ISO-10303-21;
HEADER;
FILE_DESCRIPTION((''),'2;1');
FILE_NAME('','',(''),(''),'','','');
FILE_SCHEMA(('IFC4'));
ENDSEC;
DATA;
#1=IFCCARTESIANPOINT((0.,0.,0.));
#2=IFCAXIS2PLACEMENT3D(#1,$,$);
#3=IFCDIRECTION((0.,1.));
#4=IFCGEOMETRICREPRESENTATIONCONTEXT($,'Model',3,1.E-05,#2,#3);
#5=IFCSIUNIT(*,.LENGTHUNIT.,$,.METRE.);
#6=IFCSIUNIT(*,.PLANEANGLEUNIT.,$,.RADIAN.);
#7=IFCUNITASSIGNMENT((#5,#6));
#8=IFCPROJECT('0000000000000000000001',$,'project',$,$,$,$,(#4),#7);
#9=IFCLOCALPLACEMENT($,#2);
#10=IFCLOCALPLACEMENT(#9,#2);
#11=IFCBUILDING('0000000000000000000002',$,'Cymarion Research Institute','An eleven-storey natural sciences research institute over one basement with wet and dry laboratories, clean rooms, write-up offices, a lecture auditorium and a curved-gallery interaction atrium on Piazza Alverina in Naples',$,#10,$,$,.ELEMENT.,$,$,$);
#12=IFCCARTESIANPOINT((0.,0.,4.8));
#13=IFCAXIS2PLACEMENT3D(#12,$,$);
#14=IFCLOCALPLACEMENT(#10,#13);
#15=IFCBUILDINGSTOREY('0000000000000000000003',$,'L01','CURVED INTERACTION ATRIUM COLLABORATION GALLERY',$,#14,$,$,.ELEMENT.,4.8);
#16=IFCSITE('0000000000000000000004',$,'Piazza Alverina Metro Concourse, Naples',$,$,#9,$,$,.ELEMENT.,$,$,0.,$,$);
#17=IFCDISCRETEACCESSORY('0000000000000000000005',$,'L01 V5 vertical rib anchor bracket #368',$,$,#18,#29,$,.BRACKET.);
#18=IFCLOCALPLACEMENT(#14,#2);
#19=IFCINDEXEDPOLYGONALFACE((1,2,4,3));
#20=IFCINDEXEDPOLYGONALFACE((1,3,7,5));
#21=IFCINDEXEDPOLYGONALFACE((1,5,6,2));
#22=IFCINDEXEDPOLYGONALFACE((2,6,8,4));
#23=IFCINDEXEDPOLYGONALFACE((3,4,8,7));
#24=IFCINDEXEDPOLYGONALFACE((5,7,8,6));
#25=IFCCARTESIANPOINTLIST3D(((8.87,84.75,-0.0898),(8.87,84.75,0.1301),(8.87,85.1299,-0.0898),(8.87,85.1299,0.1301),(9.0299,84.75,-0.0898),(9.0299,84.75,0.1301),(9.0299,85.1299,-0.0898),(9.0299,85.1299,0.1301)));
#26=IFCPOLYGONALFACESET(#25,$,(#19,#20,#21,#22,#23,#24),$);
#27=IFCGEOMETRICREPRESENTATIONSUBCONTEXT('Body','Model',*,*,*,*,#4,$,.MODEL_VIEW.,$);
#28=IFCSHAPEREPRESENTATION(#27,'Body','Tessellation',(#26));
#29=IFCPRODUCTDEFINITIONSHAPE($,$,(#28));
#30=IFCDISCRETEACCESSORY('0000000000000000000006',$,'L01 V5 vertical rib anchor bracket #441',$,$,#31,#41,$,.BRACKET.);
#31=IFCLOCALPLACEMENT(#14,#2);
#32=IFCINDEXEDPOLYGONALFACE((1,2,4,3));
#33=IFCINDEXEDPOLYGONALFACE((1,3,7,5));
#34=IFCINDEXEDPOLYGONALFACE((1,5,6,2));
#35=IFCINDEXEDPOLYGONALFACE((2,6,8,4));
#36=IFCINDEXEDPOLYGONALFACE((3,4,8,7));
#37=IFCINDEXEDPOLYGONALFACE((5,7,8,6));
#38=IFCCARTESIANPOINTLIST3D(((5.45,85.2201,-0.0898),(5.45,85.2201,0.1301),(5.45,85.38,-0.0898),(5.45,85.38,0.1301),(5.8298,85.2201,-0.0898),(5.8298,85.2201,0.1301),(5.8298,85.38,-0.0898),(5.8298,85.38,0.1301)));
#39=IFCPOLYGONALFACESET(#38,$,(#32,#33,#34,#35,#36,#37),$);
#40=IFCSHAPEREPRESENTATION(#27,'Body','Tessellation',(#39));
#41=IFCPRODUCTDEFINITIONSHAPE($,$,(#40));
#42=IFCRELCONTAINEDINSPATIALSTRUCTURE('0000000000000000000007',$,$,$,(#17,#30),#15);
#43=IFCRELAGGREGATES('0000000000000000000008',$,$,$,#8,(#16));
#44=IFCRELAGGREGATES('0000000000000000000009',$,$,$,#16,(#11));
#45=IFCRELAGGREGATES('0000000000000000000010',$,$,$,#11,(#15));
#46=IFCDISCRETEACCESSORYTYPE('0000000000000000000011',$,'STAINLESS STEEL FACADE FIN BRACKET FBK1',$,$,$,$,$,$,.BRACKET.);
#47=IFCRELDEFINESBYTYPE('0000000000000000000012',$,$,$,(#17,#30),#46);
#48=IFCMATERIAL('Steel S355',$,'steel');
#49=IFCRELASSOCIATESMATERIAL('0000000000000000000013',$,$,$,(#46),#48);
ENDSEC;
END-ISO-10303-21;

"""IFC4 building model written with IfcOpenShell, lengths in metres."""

from ifc_helpers import new_model, si_unit, direction, frame, origin, origin_2d, place, context, subcontext, project, spatial, rectangle, extrude, material, type_object, element, save


model = new_model("IFC4")

# Units and contexts
model_context = context("Model", 3, precision=1e-05, world=origin(), true_north=direction((0.0, 1.0)))
body_context = subcontext(model_context, "Body", "Model", "MODEL_VIEW")
ifc_project = project(units=[si_unit("LENGTHUNIT", "METRE"), si_unit("PLANEANGLEUNIT", "RADIAN")], contexts=[model_context])

# Site, building, storey
site_placement = place(None, origin())
site = spatial("IfcSite", under=ifc_project, at=site_placement, Name="Piazza Alverina Metro Concourse, Naples", CompositionType="ELEMENT", RefElevation=0.0)
building_placement = place(site_placement, origin())
building = spatial("IfcBuilding", under=site, at=building_placement, Name="Cymarion Research Institute", Description="An eleven-storey natural sciences research institute over one basement with wet and dry laboratories, clean rooms, write-up offices, a lecture auditorium and a curved-gallery interaction atrium on Piazza Alverina in Naples", CompositionType="ELEMENT")
storey_placement = place(building_placement, frame((0.0, 0.0, 4.8)))
storey = spatial("IfcBuildingStorey", under=building, at=storey_placement, Name="L01", Description="CURVED INTERACTION ATRIUM COLLABORATION GALLERY", CompositionType="ELEMENT", Elevation=4.8)

# Shared definitions
ifc_material_1 = material(Name="Steel S355", Category="steel")

# Discrete accessories
discrete_accessory_type = type_object("IfcDiscreteAccessoryType", Name="STAINLESS STEEL FACADE FIN BRACKET FBK1", PredefinedType="BRACKET", material=ifc_material_1)
for number, where, z_axis, x_axis, name in (
    (1, (8.95, 84.9399, -0.0898), (0.0, 0.0, 1.0), (0.0, -1.0, 0.0), "L01 V5 vertical rib anchor bracket #368"),
    (2, (5.6399, 85.3, -0.0898), (0.0, 0.0, 1.0), (-1.0, 0.0, 0.0), "L01 V5 vertical rib anchor bracket #441"),
):
    element("IfcDiscreteAccessory", number, at=place(storey_placement, frame(where, z_axis=z_axis, x_axis=x_axis)), inside=storey, type_object=discrete_accessory_type, Name=name, PredefinedType="BRACKET", context=body_context, shape_type="SweptSolid", body=[
        extrude(rectangle(XDim=0.3799, YDim=0.1599, at=origin_2d()), origin(), (0.0, 0.0, 1.0), 0.22),
    ])

save(model, "model.ifc")
